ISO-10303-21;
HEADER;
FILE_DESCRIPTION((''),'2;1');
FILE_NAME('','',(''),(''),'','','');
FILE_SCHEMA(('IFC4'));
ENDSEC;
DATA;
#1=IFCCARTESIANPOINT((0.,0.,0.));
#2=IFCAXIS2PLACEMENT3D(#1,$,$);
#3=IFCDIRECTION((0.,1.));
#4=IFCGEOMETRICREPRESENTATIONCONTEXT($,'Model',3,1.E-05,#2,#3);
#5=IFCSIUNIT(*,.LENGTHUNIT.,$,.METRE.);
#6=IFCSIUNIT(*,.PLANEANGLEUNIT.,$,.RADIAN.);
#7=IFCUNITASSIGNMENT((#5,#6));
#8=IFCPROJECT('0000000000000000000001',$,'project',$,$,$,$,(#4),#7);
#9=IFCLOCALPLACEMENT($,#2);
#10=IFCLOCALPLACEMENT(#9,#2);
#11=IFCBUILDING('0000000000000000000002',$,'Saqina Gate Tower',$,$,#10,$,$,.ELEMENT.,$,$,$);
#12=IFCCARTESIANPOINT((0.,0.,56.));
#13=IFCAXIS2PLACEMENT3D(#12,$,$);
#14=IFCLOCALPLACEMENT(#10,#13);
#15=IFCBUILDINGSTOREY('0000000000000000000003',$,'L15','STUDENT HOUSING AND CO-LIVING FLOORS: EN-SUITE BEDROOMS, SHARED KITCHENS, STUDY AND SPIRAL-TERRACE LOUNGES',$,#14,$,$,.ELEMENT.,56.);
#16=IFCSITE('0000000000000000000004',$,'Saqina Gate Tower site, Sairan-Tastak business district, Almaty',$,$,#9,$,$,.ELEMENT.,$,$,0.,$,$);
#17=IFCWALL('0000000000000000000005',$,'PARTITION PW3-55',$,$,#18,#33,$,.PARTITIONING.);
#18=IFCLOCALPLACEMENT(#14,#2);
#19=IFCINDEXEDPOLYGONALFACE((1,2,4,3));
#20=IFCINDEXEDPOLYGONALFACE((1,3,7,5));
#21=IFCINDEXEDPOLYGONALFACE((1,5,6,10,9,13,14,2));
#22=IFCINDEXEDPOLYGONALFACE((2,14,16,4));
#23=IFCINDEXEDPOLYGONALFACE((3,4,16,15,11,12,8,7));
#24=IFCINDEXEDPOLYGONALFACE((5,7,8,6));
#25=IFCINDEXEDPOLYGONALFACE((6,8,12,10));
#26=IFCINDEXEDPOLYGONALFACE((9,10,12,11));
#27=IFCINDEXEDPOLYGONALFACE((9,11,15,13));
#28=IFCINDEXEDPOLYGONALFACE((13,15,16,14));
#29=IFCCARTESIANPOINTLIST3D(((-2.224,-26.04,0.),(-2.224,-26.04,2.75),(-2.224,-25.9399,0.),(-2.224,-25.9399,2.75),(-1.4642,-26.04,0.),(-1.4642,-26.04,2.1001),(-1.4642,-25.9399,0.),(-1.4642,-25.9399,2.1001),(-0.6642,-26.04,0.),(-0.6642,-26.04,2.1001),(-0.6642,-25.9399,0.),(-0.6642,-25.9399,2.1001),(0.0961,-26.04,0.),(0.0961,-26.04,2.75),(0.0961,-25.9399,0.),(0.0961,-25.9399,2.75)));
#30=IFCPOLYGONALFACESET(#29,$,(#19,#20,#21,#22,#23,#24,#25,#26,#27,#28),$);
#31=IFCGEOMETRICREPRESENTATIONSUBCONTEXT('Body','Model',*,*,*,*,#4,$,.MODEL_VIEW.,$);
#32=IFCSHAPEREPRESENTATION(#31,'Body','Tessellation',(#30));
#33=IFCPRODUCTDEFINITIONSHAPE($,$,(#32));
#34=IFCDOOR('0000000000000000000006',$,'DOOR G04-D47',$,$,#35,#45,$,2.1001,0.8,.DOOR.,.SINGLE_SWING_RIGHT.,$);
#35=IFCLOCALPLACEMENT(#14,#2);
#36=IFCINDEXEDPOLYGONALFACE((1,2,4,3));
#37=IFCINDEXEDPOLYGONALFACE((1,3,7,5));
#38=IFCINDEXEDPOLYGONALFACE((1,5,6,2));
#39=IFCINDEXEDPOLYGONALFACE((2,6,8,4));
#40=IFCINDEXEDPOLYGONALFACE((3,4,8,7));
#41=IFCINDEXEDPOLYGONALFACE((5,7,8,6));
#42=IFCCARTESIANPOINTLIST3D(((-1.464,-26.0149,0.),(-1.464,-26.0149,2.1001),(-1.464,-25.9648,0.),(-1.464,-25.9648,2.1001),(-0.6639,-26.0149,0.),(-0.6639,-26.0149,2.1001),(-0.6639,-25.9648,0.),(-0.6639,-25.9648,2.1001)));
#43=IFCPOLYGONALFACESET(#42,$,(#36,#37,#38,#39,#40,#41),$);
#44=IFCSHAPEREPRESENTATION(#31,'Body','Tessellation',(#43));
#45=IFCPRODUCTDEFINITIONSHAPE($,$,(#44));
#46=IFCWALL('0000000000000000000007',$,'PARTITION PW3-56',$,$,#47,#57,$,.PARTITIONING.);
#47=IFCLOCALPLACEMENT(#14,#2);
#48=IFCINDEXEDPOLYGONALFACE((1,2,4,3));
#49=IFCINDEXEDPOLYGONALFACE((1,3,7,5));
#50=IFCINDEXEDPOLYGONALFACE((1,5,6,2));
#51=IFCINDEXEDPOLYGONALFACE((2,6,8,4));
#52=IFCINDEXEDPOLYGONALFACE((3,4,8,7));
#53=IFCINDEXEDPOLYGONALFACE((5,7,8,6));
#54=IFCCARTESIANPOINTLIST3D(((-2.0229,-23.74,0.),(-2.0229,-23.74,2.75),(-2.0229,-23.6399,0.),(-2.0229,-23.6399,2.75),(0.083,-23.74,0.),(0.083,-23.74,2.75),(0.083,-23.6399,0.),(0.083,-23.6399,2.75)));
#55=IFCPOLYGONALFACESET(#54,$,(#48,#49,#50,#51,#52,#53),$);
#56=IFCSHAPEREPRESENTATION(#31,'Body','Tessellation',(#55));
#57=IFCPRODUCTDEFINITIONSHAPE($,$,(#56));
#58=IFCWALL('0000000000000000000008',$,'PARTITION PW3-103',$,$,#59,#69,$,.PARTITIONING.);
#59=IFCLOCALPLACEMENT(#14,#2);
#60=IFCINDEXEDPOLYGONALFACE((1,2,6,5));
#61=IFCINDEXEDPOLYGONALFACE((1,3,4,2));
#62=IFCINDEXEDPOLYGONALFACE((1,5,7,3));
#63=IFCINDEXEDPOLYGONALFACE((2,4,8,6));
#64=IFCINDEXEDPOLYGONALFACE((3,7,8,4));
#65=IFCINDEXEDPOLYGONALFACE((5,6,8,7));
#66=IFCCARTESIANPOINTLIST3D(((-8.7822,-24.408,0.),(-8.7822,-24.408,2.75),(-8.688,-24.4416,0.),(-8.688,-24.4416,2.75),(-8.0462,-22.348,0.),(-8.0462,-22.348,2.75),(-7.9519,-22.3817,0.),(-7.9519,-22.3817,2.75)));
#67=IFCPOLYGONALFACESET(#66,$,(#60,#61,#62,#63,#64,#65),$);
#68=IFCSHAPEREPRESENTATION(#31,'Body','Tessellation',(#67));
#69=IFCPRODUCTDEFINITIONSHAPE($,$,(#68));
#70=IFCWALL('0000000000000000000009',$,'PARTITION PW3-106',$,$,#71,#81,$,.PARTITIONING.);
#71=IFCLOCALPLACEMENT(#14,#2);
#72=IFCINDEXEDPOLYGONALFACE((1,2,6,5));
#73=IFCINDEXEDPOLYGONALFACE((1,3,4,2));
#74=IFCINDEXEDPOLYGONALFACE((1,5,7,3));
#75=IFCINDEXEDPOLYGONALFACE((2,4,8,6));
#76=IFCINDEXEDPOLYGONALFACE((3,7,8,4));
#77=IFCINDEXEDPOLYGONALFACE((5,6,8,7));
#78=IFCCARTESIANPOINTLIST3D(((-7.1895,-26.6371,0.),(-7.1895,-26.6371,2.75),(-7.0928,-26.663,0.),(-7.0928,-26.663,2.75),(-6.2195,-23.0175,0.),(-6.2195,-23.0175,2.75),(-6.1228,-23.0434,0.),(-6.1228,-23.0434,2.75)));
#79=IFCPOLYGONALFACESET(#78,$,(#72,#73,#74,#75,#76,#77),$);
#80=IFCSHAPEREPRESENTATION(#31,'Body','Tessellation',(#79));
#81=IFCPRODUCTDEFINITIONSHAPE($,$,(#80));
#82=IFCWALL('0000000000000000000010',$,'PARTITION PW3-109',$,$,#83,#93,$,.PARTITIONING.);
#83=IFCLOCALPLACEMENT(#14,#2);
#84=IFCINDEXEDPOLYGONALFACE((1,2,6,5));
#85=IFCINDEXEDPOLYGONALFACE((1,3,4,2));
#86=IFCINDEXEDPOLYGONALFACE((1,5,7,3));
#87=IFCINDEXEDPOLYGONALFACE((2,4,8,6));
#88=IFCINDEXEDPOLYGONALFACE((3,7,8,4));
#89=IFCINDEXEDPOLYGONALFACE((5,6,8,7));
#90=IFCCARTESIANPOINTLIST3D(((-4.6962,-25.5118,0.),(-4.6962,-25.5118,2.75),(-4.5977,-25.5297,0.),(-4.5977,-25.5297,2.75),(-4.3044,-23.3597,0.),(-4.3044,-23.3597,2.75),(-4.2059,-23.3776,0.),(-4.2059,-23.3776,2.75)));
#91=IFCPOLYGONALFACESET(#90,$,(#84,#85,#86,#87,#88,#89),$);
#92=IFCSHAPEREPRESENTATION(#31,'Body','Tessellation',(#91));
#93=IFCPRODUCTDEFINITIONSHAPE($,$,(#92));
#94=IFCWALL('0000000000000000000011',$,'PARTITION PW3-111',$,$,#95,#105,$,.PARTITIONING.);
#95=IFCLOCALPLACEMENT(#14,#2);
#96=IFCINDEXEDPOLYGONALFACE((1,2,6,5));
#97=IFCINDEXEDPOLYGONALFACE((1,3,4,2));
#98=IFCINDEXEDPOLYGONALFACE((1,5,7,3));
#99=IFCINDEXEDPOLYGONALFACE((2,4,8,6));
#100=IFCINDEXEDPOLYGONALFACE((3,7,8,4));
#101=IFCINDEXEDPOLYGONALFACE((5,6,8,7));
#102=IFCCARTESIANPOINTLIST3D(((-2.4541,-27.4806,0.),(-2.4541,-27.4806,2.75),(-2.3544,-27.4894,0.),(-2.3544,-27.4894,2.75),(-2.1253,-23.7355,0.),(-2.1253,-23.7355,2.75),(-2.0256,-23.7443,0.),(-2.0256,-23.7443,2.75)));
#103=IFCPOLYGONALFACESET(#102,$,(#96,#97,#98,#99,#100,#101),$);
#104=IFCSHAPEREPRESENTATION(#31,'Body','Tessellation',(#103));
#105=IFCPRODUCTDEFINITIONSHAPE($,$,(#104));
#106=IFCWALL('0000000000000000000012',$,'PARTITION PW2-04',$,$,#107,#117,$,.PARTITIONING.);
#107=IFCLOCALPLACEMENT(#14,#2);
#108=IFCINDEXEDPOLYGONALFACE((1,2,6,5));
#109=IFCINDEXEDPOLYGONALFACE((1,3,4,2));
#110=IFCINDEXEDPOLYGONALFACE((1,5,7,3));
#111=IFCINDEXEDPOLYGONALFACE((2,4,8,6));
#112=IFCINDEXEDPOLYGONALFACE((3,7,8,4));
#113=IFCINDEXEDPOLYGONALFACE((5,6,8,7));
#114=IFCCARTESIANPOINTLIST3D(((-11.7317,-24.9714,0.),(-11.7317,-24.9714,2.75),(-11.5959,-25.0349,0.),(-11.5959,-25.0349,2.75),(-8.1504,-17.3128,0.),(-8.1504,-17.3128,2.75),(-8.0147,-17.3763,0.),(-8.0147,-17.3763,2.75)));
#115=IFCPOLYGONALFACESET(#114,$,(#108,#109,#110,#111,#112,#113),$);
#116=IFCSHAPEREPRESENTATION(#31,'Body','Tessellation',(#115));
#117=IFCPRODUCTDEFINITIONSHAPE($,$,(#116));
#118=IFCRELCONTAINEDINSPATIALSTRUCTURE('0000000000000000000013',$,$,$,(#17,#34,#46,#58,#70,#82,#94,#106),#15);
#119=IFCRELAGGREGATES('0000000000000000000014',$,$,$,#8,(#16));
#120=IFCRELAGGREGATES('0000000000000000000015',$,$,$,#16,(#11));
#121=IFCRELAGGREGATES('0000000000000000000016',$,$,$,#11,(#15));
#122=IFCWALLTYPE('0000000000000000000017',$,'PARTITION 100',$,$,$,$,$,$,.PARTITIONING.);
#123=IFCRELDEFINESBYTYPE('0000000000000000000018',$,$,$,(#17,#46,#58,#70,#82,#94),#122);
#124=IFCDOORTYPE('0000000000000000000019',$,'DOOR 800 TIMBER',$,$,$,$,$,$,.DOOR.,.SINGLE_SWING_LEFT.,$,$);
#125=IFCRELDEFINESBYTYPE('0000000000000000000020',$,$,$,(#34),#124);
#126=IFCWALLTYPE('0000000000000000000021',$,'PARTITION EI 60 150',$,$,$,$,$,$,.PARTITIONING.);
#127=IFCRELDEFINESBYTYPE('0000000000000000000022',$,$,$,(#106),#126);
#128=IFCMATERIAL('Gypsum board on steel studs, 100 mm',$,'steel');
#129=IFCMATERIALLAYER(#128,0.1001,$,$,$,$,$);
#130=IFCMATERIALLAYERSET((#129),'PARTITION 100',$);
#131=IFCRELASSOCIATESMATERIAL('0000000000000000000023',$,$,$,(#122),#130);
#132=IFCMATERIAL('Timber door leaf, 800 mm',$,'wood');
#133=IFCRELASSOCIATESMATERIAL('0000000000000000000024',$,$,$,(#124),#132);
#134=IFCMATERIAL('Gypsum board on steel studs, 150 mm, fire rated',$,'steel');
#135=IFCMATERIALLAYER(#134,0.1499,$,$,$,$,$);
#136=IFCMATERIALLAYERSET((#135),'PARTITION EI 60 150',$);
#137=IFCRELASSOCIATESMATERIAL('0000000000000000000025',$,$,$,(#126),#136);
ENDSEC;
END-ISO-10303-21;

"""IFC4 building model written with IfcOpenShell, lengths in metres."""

from ifc_helpers import new_model, si_unit, direction, frame, frame_2d, origin, place, context, subcontext, project, spatial, rectangle, extrude, material, layer, layer_set, type_object, element, fill, save


model = new_model("IFC4")

# Units and contexts
model_context = context("Model", 3, precision=1e-05, world=origin(), true_north=direction((0.0, 1.0)))
body_context = subcontext(model_context, "Body", "Model", "MODEL_VIEW")
ifc_project = project(units=[si_unit("LENGTHUNIT", "METRE"), si_unit("PLANEANGLEUNIT", "RADIAN")], contexts=[model_context])

# Site, building, storey
site_placement = place(None, origin())
site = spatial("IfcSite", under=ifc_project, at=site_placement, Name="Saqina Gate Tower site, Sairan-Tastak business district, Almaty", CompositionType="ELEMENT", RefElevation=0.0)
building_placement = place(site_placement, origin())
building = spatial("IfcBuilding", under=site, at=building_placement, Name="Saqina Gate Tower", CompositionType="ELEMENT")
storey_placement = place(building_placement, frame((0.0, 0.0, 56.0)))
storey = spatial("IfcBuildingStorey", under=building, at=storey_placement, Name="L15", Description="STUDENT HOUSING AND CO-LIVING FLOORS: EN-SUITE BEDROOMS, SHARED KITCHENS, STUDY AND SPIRAL-TERRACE LOUNGES", CompositionType="ELEMENT", Elevation=56.0)

# Wall, opening, door
ifc_material_1 = material(Name="Gypsum board on steel studs, 100 mm", Category="steel")
ifc_layer_1 = layer(ifc_material_1, 0.1001)
ifc_layer_set_1 = layer_set([ifc_layer_1], Name="PARTITION 100")
wall_type_1 = type_object("IfcWallType", Name="PARTITION 100", PredefinedType="PARTITIONING", material=ifc_layer_set_1)
ifc_material_2 = material(Name="Timber door leaf, 800 mm", Category="wood")
door_type = type_object("IfcDoorType", Name="DOOR 800 TIMBER", OperationType="SINGLE_SWING_LEFT", PredefinedType="DOOR", material=ifc_material_2)
wall_1_placement = place(storey_placement, frame((-2.2241, -25.99, 0.0), z_axis=(0.0, 0.0, 1.0), x_axis=(1.0, 0.0, 0.0)))
wall_1 = element("IfcWall", 1, at=wall_1_placement, inside=storey, type_object=wall_type_1, Name="PARTITION PW3-55", PredefinedType="PARTITIONING", context=body_context, shape_type="SweptSolid", body=[
    extrude(rectangle(XDim=2.3201, YDim=0.1001, at=frame_2d((1.1602, 0.0))), origin(), (0.0, 0.0, 1.0), 2.75),
])
opening_1_placement = place(wall_1_placement, frame((0.76, 0.0, 0.0)))
opening_1 = element("IfcOpeningElement", 2, at=opening_1_placement, cuts=wall_1, PredefinedType="OPENING", context=body_context, shape_type="SweptSolid", body=[
    extrude(rectangle(XDim=0.8, YDim=2.1001, at=frame_2d((0.3999, 1.05))), frame((0.0, 0.062, 0.0), z_axis=(0.0, -1.0, 0.0), x_axis=(1.0, 0.0, 0.0)), (0.0, 0.0, 1.0), 0.124),
])
door_1_placement = place(opening_1_placement, frame((0.8, 0.0, 0.0), z_axis=(0.0, 0.0, 1.0), x_axis=(-1.0, 0.0, 0.0)))
door_1 = element("IfcDoor", 3, at=door_1_placement, inside=storey, type_object=door_type, Name="DOOR G04-D47", OperationType="SINGLE_SWING_RIGHT", OverallHeight=2.1001, OverallWidth=0.8, PredefinedType="DOOR", context=body_context, shape_type="SweptSolid", body=[
    extrude(rectangle(XDim=0.8, YDim=2.1001, at=frame_2d((0.3999, 1.05))), frame((0.0, 0.0249, 0.0), z_axis=(0.0, -1.0, 0.0), x_axis=(1.0, 0.0, 0.0)), (0.0, 0.0, 1.0), 0.05),
])
fill(opening_1, door_1)

# Walls
wall_2_placement = place(storey_placement, frame((-2.0229, -23.6899, 0.0), z_axis=(0.0, 0.0, 1.0), x_axis=(1.0, 0.0, 0.0)))
element("IfcWall", 4, at=wall_2_placement, inside=storey, type_object=wall_type_1, Name="PARTITION PW3-56", PredefinedType="PARTITIONING", context=body_context, shape_type="SweptSolid", body=[
    extrude(rectangle(XDim=2.106, YDim=0.1001, at=frame_2d((1.053, 0.0))), origin(), (0.0, 0.0, 1.0), 2.75),
])
wall_3_placement = place(storey_placement, frame((-8.7351, -24.4248, 0.0), z_axis=(0.0, 0.0, 1.0), x_axis=(0.336478, 0.941691, 0.0)))
element("IfcWall", 5, at=wall_3_placement, inside=storey, type_object=wall_type_1, Name="PARTITION PW3-103", PredefinedType="PARTITIONING", context=body_context, shape_type="SweptSolid", body=[
    extrude(rectangle(XDim=2.1875, YDim=0.1001, at=frame_2d((1.0938, 0.0))), origin(), (0.0, 0.0, 1.0), 2.75),
])
wall_4_placement = place(storey_placement, frame((-7.1411, -26.6499, 0.0), z_axis=(0.0, 0.0, 1.0), x_axis=(0.258842, 0.96592, 0.0)))
element("IfcWall", 6, at=wall_4_placement, inside=storey, type_object=wall_type_1, Name="PARTITION PW3-106", PredefinedType="PARTITIONING", context=body_context, shape_type="SweptSolid", body=[
    extrude(rectangle(XDim=3.7473, YDim=0.1001, at=frame_2d((1.8735, 0.0))), origin(), (0.0, 0.0, 1.0), 2.75),
])
wall_5_placement = place(storey_placement, frame((-4.647, -25.5208, 0.0), z_axis=(0.0, 0.0, 1.0), x_axis=(0.179131, 0.983825, 0.0)))
element("IfcWall", 7, at=wall_5_placement, inside=storey, type_object=wall_type_1, Name="PARTITION PW3-109", PredefinedType="PARTITIONING", context=body_context, shape_type="SweptSolid", body=[
    extrude(rectangle(XDim=2.1875, YDim=0.1001, at=frame_2d((1.0938, 0.0))), origin(), (0.0, 0.0, 1.0), 2.75),
])
wall_6_placement = place(storey_placement, frame((-2.4043, -27.4851, 0.0), z_axis=(0.0, 0.0, 1.0), x_axis=(0.087473, 0.996167, 0.0)))
element("IfcWall", 8, at=wall_6_placement, inside=storey, type_object=wall_type_1, Name="PARTITION PW3-111", PredefinedType="PARTITIONING", context=body_context, shape_type="SweptSolid", body=[
    extrude(rectangle(XDim=3.7595, YDim=0.1001, at=frame_2d((1.8799, 0.0))), origin(), (0.0, 0.0, 1.0), 2.75),
])
ifc_material_3 = material(Name="Gypsum board on steel studs, 150 mm, fire rated", Category="steel")
ifc_layer_2 = layer(ifc_material_3, 0.1499)
ifc_layer_set_2 = layer_set([ifc_layer_2], Name="PARTITION EI 60 150")
wall_type_2 = type_object("IfcWallType", Name="PARTITION EI 60 150", PredefinedType="PARTITIONING", material=ifc_layer_set_2)
wall_7_placement = place(storey_placement, frame((-11.6638, -25.0032, 0.0), z_axis=(0.0, 0.0, 1.0), x_axis=(0.423589, 0.905855, 0.0)))
element("IfcWall", 9, at=wall_7_placement, inside=storey, type_object=wall_type_2, Name="PARTITION PW2-04", PredefinedType="PARTITIONING", context=body_context, shape_type="SweptSolid", body=[
    extrude(rectangle(XDim=8.4546, YDim=0.1499, at=frame_2d((4.2273, 0.0))), origin(), (0.0, 0.0, 1.0), 2.75),
])

save(model, "model.ifc")
